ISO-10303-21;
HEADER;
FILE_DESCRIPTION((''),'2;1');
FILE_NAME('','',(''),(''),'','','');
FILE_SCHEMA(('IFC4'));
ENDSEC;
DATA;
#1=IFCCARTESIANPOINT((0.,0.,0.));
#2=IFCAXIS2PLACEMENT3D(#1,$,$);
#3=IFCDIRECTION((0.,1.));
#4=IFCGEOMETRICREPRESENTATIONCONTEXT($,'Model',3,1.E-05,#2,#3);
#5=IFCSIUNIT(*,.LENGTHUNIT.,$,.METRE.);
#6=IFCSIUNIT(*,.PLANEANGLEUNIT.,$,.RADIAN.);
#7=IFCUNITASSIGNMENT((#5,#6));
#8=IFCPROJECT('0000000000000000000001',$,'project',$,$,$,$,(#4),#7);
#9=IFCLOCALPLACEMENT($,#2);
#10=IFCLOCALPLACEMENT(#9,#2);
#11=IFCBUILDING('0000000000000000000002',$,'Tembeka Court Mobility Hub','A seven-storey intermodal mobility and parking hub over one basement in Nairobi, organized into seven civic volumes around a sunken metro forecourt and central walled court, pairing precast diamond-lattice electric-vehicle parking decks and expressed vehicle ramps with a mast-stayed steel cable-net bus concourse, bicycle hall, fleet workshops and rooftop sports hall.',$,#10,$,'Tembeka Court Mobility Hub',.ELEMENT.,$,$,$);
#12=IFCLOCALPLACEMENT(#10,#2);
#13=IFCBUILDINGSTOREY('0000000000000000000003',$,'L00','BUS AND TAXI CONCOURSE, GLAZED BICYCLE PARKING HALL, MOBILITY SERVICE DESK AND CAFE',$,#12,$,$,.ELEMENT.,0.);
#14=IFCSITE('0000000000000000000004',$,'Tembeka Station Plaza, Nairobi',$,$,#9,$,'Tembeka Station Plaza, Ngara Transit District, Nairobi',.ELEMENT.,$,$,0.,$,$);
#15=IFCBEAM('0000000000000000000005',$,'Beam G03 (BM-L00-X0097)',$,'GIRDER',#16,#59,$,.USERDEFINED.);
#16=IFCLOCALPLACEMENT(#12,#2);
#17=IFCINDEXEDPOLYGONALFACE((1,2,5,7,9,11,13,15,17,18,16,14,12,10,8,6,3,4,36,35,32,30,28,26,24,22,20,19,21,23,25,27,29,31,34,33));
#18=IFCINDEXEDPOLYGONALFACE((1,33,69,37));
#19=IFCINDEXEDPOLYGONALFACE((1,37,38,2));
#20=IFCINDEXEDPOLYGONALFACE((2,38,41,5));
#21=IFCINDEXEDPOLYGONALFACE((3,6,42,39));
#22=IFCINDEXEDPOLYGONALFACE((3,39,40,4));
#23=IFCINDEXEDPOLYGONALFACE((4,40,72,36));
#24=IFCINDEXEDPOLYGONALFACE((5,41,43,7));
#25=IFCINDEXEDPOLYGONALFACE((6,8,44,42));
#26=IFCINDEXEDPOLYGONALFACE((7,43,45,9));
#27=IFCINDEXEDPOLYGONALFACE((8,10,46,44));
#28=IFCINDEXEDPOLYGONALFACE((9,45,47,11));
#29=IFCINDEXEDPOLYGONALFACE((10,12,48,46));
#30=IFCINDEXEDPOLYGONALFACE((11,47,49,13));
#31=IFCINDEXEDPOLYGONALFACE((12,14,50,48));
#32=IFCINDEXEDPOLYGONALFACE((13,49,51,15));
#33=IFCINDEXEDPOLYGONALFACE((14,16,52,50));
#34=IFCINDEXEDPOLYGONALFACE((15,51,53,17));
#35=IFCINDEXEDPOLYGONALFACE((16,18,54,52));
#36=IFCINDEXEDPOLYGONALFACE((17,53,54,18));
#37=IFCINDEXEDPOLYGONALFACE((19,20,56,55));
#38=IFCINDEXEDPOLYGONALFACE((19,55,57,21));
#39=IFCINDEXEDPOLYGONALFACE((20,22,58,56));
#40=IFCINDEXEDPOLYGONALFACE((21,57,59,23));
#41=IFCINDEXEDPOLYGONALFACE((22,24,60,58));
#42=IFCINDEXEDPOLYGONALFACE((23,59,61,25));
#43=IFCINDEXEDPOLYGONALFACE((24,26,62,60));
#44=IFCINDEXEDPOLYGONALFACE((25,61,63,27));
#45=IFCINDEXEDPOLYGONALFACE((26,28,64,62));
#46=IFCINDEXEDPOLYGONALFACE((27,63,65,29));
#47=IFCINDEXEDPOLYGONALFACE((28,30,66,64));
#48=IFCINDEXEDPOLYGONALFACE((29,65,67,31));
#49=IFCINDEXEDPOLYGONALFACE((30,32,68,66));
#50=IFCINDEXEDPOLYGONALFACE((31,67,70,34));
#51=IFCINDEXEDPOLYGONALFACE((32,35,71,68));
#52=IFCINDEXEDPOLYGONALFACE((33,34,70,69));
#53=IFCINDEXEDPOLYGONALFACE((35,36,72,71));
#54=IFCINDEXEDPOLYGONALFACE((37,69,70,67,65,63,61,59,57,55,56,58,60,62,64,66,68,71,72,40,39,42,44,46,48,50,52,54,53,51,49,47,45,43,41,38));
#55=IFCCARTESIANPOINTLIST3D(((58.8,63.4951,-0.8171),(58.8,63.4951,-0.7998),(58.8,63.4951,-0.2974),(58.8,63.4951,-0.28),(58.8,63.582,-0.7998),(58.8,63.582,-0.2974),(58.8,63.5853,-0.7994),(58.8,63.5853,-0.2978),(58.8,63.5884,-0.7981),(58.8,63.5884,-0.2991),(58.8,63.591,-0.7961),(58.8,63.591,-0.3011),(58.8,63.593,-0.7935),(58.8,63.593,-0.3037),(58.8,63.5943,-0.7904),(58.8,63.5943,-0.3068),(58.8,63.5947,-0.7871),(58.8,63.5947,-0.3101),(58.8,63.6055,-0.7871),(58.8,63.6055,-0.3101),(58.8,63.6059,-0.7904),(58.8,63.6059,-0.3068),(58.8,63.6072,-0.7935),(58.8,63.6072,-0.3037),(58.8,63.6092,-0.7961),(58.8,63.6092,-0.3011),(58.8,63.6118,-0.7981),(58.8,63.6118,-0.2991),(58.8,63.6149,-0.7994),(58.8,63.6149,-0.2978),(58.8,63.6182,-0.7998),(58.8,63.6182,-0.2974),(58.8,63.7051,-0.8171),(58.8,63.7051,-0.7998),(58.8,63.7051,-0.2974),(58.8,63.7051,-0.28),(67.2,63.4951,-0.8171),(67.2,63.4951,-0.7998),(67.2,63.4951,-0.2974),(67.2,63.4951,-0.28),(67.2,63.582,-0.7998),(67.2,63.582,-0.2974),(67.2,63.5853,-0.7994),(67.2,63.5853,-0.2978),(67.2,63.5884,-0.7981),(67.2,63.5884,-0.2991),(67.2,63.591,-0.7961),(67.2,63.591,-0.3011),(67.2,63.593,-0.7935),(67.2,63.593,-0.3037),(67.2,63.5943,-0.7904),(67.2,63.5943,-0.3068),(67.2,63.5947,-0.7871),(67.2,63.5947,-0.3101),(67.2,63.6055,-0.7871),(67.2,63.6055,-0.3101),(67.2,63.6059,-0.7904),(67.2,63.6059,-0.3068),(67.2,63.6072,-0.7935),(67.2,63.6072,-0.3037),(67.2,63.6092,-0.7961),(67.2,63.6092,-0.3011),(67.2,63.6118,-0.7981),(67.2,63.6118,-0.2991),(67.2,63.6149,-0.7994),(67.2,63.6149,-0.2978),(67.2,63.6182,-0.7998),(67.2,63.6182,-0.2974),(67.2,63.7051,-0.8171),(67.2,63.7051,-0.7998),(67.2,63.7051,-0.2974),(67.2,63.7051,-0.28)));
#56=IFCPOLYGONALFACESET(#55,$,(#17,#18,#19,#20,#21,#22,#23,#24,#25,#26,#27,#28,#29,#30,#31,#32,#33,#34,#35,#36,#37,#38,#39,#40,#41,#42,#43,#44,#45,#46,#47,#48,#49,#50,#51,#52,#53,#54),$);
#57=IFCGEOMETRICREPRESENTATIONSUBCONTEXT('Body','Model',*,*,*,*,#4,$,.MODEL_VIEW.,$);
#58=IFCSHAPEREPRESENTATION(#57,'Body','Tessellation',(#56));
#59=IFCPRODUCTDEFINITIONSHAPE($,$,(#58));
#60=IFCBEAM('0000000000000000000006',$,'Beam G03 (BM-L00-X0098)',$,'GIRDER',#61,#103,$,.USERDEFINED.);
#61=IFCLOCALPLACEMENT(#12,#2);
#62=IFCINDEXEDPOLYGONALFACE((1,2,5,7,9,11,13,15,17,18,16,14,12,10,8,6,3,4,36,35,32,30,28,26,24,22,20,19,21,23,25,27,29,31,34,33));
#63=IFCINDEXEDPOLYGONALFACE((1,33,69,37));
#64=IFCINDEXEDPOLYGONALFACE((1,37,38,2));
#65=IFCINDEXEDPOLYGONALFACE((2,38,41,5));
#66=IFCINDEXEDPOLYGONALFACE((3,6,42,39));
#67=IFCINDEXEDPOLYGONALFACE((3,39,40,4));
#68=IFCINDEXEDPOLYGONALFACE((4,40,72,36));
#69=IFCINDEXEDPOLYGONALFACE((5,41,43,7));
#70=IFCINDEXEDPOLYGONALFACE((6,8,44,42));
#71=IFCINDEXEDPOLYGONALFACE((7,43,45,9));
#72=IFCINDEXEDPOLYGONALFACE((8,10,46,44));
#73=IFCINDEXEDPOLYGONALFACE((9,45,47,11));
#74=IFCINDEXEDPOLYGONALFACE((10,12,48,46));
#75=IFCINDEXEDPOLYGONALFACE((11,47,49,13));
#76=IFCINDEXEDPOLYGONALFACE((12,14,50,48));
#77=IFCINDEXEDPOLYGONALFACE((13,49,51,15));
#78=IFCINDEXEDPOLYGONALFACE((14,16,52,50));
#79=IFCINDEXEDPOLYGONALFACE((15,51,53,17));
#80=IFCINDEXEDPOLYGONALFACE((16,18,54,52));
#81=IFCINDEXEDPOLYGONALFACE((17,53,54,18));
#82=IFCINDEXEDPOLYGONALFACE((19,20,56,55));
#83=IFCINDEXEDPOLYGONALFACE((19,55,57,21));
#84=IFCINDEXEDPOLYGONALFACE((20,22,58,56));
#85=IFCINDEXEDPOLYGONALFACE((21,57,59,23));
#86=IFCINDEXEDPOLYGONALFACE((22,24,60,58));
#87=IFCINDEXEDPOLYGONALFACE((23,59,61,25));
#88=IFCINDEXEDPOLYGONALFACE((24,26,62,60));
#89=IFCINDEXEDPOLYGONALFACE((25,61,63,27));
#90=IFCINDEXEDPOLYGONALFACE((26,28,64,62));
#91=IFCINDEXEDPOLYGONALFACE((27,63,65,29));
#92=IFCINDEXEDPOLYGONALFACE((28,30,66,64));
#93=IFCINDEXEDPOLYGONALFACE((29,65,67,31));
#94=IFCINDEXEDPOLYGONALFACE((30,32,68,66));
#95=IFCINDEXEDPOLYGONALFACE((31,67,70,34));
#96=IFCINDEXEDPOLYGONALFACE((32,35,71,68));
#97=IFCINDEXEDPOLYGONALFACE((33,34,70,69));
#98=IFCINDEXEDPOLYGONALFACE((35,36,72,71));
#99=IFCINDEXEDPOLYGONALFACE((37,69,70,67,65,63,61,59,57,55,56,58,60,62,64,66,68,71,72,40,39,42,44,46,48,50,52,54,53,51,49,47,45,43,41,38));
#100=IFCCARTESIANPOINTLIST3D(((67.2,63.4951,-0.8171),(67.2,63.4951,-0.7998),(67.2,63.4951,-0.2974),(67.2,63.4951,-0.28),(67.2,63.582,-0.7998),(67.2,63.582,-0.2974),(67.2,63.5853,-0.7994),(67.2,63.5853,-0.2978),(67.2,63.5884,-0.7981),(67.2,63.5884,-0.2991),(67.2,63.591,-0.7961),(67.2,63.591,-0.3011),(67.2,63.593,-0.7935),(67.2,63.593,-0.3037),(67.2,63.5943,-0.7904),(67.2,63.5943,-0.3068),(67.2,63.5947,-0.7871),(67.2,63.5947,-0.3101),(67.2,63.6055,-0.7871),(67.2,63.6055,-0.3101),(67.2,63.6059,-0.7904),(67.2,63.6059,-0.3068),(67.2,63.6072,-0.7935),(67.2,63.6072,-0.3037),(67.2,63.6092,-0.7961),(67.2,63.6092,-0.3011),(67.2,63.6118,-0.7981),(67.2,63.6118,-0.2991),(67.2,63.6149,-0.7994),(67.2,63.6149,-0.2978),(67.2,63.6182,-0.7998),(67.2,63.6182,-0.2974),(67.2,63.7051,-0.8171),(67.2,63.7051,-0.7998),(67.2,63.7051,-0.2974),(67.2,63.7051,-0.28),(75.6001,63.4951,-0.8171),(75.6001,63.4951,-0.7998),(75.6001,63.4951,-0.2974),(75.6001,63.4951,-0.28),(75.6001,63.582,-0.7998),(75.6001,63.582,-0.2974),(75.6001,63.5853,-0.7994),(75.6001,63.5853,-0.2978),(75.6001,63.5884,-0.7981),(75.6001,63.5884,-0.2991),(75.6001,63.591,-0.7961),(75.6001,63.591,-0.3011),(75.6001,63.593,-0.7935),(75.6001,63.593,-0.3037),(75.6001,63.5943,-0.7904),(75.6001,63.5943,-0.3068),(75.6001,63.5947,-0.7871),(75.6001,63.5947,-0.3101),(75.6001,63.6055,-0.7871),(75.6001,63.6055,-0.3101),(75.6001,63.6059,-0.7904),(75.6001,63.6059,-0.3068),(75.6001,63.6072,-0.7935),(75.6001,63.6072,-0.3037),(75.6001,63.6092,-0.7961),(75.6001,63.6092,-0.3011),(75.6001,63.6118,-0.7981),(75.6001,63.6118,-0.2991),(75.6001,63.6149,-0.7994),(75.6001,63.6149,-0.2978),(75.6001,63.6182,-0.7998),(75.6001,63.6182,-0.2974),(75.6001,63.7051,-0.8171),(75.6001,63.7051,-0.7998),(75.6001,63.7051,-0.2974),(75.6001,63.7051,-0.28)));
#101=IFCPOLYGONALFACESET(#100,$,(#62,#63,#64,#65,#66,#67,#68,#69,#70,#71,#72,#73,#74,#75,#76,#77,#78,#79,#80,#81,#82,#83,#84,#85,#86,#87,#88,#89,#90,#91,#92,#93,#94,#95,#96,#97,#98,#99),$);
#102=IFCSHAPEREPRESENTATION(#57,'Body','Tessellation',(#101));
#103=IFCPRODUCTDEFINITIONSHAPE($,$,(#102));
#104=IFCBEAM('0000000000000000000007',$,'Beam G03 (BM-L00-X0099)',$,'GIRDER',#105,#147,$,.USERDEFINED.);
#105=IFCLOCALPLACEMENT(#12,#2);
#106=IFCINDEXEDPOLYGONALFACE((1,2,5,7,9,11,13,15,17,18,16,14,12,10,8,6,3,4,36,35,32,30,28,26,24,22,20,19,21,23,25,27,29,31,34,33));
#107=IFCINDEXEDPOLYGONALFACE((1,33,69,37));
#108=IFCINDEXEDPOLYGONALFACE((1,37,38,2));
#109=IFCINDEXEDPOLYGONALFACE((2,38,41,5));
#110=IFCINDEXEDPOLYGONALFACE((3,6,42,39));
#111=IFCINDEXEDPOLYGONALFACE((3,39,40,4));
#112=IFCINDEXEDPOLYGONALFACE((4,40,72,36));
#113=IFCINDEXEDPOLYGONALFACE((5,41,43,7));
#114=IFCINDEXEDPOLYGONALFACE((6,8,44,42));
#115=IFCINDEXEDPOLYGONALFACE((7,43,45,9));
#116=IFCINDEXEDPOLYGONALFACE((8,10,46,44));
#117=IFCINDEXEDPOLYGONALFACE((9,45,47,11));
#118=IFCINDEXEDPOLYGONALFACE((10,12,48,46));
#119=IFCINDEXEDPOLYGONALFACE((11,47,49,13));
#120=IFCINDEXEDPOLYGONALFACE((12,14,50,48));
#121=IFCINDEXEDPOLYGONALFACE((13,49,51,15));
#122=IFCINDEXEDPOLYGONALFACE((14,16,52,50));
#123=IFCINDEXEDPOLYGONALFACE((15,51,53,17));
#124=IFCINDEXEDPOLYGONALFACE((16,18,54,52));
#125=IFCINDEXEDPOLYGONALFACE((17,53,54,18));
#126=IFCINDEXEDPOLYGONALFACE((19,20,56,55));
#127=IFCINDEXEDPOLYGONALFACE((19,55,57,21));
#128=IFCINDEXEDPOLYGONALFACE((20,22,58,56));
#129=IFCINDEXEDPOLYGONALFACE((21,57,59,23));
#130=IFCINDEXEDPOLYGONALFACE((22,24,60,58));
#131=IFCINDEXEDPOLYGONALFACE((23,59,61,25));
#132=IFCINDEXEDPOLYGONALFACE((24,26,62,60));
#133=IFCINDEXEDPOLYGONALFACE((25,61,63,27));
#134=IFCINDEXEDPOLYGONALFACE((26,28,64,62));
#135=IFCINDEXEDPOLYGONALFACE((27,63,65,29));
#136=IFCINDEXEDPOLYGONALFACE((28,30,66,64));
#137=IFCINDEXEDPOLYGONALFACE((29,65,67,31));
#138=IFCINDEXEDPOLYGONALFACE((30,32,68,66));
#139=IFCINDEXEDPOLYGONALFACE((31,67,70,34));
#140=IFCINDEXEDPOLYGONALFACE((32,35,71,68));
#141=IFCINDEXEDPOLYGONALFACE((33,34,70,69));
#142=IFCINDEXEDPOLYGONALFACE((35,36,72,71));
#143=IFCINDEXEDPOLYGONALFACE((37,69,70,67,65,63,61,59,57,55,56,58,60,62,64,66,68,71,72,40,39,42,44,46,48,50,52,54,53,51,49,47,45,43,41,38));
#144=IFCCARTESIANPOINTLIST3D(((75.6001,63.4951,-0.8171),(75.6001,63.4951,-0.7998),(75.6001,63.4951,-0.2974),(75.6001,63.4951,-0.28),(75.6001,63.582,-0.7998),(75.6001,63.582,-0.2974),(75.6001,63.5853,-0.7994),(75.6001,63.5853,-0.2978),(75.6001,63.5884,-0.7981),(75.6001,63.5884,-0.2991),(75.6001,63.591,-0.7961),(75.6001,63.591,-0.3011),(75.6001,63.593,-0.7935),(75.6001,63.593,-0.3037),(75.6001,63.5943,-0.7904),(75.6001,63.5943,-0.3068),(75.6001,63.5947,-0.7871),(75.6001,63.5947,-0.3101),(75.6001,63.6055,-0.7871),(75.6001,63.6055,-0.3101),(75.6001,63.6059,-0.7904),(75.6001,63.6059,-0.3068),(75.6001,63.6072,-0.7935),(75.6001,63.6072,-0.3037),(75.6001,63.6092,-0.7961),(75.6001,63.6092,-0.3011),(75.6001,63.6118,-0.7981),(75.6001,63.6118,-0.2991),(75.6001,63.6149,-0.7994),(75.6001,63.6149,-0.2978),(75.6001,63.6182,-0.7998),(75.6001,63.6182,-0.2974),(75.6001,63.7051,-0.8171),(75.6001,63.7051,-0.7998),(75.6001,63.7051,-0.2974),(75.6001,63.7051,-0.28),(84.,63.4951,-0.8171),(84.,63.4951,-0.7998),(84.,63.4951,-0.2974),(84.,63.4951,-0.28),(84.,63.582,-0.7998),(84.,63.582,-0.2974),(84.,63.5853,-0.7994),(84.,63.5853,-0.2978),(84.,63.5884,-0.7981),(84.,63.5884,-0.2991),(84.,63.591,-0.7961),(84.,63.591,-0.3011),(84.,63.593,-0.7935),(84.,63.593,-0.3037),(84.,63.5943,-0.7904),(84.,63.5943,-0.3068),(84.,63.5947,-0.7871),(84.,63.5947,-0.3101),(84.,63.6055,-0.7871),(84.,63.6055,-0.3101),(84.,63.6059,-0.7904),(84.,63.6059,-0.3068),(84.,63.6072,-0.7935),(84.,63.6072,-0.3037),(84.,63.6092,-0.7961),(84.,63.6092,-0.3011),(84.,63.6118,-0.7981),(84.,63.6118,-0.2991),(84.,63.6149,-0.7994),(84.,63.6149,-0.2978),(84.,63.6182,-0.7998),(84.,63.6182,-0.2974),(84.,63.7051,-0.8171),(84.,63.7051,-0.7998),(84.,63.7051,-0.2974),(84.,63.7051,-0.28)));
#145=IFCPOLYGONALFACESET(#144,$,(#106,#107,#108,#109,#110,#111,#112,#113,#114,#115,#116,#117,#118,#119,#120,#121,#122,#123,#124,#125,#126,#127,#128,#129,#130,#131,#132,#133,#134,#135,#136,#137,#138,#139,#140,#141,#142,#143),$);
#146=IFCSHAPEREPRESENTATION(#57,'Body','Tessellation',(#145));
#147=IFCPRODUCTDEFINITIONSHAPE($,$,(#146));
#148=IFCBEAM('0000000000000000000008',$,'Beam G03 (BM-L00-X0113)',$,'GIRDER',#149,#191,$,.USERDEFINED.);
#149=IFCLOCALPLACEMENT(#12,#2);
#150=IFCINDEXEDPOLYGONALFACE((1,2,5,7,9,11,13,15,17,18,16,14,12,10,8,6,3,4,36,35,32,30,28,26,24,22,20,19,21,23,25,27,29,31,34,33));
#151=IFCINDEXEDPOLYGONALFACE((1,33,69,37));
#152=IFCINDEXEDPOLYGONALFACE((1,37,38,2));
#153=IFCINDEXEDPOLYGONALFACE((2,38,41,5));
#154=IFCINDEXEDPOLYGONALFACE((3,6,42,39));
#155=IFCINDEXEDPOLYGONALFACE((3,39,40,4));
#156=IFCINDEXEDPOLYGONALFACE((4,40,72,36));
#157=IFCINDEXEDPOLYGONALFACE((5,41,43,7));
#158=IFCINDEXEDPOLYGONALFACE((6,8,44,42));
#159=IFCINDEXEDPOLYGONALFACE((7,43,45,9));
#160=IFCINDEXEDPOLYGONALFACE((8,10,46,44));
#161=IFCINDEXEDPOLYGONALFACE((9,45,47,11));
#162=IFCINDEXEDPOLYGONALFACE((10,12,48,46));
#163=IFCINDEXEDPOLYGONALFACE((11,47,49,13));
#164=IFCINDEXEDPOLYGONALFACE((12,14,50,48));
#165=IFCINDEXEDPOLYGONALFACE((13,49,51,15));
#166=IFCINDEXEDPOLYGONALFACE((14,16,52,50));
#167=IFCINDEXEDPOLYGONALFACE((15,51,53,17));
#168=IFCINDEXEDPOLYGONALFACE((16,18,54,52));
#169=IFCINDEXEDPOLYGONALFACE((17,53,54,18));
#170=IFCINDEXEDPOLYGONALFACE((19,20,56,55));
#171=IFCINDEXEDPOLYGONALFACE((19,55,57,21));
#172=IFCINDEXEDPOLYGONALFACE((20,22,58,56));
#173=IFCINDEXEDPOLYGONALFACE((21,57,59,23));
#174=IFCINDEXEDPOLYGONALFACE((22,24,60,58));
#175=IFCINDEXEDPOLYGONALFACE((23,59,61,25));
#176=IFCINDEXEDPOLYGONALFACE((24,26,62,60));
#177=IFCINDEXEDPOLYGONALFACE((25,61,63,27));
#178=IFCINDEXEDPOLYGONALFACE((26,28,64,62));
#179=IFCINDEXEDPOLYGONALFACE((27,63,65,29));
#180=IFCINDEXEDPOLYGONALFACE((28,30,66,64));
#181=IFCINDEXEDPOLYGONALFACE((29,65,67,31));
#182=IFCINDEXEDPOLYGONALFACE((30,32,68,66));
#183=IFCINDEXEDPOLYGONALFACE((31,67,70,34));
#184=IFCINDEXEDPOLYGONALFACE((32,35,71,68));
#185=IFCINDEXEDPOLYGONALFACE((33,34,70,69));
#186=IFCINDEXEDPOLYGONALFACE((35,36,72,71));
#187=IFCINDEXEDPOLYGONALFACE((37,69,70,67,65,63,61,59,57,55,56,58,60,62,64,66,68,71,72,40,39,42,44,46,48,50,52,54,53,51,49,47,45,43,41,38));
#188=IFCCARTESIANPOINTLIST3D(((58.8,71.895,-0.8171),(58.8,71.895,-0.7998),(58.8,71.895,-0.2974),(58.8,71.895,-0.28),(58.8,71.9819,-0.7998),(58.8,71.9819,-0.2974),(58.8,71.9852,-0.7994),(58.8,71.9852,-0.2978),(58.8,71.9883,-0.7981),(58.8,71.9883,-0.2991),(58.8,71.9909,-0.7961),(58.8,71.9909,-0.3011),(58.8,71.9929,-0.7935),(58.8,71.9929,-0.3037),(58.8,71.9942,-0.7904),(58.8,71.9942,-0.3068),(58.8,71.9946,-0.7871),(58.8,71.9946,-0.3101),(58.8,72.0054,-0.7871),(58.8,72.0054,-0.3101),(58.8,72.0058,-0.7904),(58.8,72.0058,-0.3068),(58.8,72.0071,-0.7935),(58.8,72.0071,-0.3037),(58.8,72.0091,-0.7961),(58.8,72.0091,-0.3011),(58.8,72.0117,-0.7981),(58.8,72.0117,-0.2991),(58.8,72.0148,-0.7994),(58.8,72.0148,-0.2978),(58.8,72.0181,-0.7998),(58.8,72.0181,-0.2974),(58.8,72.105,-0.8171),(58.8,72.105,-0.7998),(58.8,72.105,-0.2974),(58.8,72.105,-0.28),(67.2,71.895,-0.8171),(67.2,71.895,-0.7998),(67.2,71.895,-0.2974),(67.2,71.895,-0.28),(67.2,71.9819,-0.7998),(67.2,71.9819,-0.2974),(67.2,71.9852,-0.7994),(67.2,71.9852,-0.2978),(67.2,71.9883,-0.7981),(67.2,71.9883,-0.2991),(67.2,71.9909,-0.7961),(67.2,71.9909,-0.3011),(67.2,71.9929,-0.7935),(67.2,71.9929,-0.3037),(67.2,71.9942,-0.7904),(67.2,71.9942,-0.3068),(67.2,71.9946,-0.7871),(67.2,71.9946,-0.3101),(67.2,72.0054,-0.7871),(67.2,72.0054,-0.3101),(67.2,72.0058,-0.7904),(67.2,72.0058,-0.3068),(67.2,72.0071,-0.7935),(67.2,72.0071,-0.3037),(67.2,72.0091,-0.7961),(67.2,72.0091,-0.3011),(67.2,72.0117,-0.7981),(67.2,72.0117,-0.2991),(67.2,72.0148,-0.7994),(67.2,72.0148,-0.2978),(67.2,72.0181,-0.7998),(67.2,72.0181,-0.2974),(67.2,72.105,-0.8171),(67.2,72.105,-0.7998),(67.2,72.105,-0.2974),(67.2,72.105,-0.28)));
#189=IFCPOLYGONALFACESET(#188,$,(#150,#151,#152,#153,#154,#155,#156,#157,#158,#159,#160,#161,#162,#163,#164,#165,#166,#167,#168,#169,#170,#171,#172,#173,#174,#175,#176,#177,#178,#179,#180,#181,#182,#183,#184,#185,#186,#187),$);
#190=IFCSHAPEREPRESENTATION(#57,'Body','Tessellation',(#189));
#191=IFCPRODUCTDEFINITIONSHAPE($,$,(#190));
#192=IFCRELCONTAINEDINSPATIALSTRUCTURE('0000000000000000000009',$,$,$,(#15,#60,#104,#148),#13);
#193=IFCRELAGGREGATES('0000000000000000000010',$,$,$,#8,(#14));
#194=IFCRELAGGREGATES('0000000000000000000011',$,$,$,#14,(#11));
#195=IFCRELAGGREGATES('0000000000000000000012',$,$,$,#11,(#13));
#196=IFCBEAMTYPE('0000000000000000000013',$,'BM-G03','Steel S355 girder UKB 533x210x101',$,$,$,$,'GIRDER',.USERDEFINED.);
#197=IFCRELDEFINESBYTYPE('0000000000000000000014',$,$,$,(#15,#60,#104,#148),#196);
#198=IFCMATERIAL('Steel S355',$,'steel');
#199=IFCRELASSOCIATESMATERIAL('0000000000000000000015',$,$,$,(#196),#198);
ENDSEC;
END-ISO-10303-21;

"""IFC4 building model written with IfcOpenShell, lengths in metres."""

from ifc_helpers import new_model, si_unit, direction, frame, origin, origin_2d, place, context, subcontext, project, spatial, i_section, extrude, material, material_profile, profile_set, type_object, element, save


model = new_model("IFC4")

# Units and contexts
model_context = context("Model", 3, precision=1e-05, world=origin(), true_north=direction((0.0, 1.0)))
body_context = subcontext(model_context, "Body", "Model", "MODEL_VIEW")
ifc_project = project(units=[si_unit("LENGTHUNIT", "METRE"), si_unit("PLANEANGLEUNIT", "RADIAN")], contexts=[model_context])

# Site, building, storey
site_placement = place(None, origin())
site = spatial("IfcSite", under=ifc_project, at=site_placement, Name="Tembeka Station Plaza, Nairobi", LongName="Tembeka Station Plaza, Ngara Transit District, Nairobi", CompositionType="ELEMENT", RefElevation=0.0)
building_placement = place(site_placement, origin())
building = spatial("IfcBuilding", under=site, at=building_placement, Name="Tembeka Court Mobility Hub", Description="A seven-storey intermodal mobility and parking hub over one basement in Nairobi, organized into seven civic volumes around a sunken metro forecourt and central walled court, pairing precast diamond-lattice electric-vehicle parking decks and expressed vehicle ramps with a mast-stayed steel cable-net bus concourse, bicycle hall, fleet workshops and rooftop sports hall.", LongName="Tembeka Court Mobility Hub", CompositionType="ELEMENT")
storey_placement = place(building_placement, origin())
storey = spatial("IfcBuildingStorey", under=building, at=storey_placement, Name="L00", Description="BUS AND TAXI CONCOURSE, GLAZED BICYCLE PARKING HALL, MOBILITY SERVICE DESK AND CAFE", CompositionType="ELEMENT", Elevation=0.0)

# Shared definitions
ifc_material = material(Name="Steel S355", Category="steel")

# Beams
ifc_material_profile_1 = material_profile(ifc_material, i_section(OverallWidth=0.21, OverallDepth=0.5371, WebThickness=0.0107, FlangeThickness=0.0173, FilletRadius=0.0127, at=origin_2d()), Name="UKB 533x210x101")
ifc_profile_set_1 = profile_set([ifc_material_profile_1], Name="Steel S355")
beam_type_1 = type_object("IfcBeamType", Name="BM-G03", Description="Steel S355 girder UKB 533x210x101", ElementType="GIRDER", PredefinedType="USERDEFINED", material=ifc_profile_set_1)
beam_1_placement = place(storey_placement, frame((58.8, 63.6001, -0.5486), z_axis=(1.0, 0.0, 0.0), x_axis=(0.0, 1.0, 0.0)))
element("IfcBeam", 1, at=beam_1_placement, inside=storey, type_object=beam_type_1, Name="Beam G03 (BM-L00-X0097)", ObjectType="GIRDER", PredefinedType="USERDEFINED", context=body_context, shape_type="SweptSolid", body=[
    extrude(i_section(OverallWidth=0.21, OverallDepth=0.5371, WebThickness=0.0107, FlangeThickness=0.0173, FilletRadius=0.0127, at=origin_2d()), origin(), (0.0, 0.0, 1.0), 8.3999),
])
beam_2_placement = place(storey_placement, frame((67.2, 63.6001, -0.5486), z_axis=(1.0, 0.0, 0.0), x_axis=(0.0, 1.0, 0.0)))
element("IfcBeam", 2, at=beam_2_placement, inside=storey, type_object=beam_type_1, Name="Beam G03 (BM-L00-X0098)", ObjectType="GIRDER", PredefinedType="USERDEFINED", context=body_context, shape_type="SweptSolid", body=[
    extrude(i_section(OverallWidth=0.21, OverallDepth=0.5371, WebThickness=0.0107, FlangeThickness=0.0173, FilletRadius=0.0127, at=origin_2d()), origin(), (0.0, 0.0, 1.0), 8.4001),
])
for number, where, z_axis, x_axis, name in (
    (3, (75.6001, 63.6001, -0.5486), (1.0, 0.0, 0.0), (0.0, 1.0, 0.0), "Beam G03 (BM-L00-X0099)"),
    (4, (58.8, 72.0, -0.5486), (1.0, 0.0, 0.0), (0.0, 1.0, 0.0), "Beam G03 (BM-L00-X0113)"),
):
    element("IfcBeam", number, at=place(storey_placement, frame(where, z_axis=z_axis, x_axis=x_axis)), inside=storey, type_object=beam_type_1, Name=name, ObjectType="GIRDER", PredefinedType="USERDEFINED", context=body_context, shape_type="SweptSolid", body=[
        extrude(i_section(OverallWidth=0.21, OverallDepth=0.5371, WebThickness=0.0107, FlangeThickness=0.0173, FilletRadius=0.0127, at=origin_2d()), origin(), (0.0, 0.0, 1.0), 8.3999),
    ])

save(model, "model.ifc")
